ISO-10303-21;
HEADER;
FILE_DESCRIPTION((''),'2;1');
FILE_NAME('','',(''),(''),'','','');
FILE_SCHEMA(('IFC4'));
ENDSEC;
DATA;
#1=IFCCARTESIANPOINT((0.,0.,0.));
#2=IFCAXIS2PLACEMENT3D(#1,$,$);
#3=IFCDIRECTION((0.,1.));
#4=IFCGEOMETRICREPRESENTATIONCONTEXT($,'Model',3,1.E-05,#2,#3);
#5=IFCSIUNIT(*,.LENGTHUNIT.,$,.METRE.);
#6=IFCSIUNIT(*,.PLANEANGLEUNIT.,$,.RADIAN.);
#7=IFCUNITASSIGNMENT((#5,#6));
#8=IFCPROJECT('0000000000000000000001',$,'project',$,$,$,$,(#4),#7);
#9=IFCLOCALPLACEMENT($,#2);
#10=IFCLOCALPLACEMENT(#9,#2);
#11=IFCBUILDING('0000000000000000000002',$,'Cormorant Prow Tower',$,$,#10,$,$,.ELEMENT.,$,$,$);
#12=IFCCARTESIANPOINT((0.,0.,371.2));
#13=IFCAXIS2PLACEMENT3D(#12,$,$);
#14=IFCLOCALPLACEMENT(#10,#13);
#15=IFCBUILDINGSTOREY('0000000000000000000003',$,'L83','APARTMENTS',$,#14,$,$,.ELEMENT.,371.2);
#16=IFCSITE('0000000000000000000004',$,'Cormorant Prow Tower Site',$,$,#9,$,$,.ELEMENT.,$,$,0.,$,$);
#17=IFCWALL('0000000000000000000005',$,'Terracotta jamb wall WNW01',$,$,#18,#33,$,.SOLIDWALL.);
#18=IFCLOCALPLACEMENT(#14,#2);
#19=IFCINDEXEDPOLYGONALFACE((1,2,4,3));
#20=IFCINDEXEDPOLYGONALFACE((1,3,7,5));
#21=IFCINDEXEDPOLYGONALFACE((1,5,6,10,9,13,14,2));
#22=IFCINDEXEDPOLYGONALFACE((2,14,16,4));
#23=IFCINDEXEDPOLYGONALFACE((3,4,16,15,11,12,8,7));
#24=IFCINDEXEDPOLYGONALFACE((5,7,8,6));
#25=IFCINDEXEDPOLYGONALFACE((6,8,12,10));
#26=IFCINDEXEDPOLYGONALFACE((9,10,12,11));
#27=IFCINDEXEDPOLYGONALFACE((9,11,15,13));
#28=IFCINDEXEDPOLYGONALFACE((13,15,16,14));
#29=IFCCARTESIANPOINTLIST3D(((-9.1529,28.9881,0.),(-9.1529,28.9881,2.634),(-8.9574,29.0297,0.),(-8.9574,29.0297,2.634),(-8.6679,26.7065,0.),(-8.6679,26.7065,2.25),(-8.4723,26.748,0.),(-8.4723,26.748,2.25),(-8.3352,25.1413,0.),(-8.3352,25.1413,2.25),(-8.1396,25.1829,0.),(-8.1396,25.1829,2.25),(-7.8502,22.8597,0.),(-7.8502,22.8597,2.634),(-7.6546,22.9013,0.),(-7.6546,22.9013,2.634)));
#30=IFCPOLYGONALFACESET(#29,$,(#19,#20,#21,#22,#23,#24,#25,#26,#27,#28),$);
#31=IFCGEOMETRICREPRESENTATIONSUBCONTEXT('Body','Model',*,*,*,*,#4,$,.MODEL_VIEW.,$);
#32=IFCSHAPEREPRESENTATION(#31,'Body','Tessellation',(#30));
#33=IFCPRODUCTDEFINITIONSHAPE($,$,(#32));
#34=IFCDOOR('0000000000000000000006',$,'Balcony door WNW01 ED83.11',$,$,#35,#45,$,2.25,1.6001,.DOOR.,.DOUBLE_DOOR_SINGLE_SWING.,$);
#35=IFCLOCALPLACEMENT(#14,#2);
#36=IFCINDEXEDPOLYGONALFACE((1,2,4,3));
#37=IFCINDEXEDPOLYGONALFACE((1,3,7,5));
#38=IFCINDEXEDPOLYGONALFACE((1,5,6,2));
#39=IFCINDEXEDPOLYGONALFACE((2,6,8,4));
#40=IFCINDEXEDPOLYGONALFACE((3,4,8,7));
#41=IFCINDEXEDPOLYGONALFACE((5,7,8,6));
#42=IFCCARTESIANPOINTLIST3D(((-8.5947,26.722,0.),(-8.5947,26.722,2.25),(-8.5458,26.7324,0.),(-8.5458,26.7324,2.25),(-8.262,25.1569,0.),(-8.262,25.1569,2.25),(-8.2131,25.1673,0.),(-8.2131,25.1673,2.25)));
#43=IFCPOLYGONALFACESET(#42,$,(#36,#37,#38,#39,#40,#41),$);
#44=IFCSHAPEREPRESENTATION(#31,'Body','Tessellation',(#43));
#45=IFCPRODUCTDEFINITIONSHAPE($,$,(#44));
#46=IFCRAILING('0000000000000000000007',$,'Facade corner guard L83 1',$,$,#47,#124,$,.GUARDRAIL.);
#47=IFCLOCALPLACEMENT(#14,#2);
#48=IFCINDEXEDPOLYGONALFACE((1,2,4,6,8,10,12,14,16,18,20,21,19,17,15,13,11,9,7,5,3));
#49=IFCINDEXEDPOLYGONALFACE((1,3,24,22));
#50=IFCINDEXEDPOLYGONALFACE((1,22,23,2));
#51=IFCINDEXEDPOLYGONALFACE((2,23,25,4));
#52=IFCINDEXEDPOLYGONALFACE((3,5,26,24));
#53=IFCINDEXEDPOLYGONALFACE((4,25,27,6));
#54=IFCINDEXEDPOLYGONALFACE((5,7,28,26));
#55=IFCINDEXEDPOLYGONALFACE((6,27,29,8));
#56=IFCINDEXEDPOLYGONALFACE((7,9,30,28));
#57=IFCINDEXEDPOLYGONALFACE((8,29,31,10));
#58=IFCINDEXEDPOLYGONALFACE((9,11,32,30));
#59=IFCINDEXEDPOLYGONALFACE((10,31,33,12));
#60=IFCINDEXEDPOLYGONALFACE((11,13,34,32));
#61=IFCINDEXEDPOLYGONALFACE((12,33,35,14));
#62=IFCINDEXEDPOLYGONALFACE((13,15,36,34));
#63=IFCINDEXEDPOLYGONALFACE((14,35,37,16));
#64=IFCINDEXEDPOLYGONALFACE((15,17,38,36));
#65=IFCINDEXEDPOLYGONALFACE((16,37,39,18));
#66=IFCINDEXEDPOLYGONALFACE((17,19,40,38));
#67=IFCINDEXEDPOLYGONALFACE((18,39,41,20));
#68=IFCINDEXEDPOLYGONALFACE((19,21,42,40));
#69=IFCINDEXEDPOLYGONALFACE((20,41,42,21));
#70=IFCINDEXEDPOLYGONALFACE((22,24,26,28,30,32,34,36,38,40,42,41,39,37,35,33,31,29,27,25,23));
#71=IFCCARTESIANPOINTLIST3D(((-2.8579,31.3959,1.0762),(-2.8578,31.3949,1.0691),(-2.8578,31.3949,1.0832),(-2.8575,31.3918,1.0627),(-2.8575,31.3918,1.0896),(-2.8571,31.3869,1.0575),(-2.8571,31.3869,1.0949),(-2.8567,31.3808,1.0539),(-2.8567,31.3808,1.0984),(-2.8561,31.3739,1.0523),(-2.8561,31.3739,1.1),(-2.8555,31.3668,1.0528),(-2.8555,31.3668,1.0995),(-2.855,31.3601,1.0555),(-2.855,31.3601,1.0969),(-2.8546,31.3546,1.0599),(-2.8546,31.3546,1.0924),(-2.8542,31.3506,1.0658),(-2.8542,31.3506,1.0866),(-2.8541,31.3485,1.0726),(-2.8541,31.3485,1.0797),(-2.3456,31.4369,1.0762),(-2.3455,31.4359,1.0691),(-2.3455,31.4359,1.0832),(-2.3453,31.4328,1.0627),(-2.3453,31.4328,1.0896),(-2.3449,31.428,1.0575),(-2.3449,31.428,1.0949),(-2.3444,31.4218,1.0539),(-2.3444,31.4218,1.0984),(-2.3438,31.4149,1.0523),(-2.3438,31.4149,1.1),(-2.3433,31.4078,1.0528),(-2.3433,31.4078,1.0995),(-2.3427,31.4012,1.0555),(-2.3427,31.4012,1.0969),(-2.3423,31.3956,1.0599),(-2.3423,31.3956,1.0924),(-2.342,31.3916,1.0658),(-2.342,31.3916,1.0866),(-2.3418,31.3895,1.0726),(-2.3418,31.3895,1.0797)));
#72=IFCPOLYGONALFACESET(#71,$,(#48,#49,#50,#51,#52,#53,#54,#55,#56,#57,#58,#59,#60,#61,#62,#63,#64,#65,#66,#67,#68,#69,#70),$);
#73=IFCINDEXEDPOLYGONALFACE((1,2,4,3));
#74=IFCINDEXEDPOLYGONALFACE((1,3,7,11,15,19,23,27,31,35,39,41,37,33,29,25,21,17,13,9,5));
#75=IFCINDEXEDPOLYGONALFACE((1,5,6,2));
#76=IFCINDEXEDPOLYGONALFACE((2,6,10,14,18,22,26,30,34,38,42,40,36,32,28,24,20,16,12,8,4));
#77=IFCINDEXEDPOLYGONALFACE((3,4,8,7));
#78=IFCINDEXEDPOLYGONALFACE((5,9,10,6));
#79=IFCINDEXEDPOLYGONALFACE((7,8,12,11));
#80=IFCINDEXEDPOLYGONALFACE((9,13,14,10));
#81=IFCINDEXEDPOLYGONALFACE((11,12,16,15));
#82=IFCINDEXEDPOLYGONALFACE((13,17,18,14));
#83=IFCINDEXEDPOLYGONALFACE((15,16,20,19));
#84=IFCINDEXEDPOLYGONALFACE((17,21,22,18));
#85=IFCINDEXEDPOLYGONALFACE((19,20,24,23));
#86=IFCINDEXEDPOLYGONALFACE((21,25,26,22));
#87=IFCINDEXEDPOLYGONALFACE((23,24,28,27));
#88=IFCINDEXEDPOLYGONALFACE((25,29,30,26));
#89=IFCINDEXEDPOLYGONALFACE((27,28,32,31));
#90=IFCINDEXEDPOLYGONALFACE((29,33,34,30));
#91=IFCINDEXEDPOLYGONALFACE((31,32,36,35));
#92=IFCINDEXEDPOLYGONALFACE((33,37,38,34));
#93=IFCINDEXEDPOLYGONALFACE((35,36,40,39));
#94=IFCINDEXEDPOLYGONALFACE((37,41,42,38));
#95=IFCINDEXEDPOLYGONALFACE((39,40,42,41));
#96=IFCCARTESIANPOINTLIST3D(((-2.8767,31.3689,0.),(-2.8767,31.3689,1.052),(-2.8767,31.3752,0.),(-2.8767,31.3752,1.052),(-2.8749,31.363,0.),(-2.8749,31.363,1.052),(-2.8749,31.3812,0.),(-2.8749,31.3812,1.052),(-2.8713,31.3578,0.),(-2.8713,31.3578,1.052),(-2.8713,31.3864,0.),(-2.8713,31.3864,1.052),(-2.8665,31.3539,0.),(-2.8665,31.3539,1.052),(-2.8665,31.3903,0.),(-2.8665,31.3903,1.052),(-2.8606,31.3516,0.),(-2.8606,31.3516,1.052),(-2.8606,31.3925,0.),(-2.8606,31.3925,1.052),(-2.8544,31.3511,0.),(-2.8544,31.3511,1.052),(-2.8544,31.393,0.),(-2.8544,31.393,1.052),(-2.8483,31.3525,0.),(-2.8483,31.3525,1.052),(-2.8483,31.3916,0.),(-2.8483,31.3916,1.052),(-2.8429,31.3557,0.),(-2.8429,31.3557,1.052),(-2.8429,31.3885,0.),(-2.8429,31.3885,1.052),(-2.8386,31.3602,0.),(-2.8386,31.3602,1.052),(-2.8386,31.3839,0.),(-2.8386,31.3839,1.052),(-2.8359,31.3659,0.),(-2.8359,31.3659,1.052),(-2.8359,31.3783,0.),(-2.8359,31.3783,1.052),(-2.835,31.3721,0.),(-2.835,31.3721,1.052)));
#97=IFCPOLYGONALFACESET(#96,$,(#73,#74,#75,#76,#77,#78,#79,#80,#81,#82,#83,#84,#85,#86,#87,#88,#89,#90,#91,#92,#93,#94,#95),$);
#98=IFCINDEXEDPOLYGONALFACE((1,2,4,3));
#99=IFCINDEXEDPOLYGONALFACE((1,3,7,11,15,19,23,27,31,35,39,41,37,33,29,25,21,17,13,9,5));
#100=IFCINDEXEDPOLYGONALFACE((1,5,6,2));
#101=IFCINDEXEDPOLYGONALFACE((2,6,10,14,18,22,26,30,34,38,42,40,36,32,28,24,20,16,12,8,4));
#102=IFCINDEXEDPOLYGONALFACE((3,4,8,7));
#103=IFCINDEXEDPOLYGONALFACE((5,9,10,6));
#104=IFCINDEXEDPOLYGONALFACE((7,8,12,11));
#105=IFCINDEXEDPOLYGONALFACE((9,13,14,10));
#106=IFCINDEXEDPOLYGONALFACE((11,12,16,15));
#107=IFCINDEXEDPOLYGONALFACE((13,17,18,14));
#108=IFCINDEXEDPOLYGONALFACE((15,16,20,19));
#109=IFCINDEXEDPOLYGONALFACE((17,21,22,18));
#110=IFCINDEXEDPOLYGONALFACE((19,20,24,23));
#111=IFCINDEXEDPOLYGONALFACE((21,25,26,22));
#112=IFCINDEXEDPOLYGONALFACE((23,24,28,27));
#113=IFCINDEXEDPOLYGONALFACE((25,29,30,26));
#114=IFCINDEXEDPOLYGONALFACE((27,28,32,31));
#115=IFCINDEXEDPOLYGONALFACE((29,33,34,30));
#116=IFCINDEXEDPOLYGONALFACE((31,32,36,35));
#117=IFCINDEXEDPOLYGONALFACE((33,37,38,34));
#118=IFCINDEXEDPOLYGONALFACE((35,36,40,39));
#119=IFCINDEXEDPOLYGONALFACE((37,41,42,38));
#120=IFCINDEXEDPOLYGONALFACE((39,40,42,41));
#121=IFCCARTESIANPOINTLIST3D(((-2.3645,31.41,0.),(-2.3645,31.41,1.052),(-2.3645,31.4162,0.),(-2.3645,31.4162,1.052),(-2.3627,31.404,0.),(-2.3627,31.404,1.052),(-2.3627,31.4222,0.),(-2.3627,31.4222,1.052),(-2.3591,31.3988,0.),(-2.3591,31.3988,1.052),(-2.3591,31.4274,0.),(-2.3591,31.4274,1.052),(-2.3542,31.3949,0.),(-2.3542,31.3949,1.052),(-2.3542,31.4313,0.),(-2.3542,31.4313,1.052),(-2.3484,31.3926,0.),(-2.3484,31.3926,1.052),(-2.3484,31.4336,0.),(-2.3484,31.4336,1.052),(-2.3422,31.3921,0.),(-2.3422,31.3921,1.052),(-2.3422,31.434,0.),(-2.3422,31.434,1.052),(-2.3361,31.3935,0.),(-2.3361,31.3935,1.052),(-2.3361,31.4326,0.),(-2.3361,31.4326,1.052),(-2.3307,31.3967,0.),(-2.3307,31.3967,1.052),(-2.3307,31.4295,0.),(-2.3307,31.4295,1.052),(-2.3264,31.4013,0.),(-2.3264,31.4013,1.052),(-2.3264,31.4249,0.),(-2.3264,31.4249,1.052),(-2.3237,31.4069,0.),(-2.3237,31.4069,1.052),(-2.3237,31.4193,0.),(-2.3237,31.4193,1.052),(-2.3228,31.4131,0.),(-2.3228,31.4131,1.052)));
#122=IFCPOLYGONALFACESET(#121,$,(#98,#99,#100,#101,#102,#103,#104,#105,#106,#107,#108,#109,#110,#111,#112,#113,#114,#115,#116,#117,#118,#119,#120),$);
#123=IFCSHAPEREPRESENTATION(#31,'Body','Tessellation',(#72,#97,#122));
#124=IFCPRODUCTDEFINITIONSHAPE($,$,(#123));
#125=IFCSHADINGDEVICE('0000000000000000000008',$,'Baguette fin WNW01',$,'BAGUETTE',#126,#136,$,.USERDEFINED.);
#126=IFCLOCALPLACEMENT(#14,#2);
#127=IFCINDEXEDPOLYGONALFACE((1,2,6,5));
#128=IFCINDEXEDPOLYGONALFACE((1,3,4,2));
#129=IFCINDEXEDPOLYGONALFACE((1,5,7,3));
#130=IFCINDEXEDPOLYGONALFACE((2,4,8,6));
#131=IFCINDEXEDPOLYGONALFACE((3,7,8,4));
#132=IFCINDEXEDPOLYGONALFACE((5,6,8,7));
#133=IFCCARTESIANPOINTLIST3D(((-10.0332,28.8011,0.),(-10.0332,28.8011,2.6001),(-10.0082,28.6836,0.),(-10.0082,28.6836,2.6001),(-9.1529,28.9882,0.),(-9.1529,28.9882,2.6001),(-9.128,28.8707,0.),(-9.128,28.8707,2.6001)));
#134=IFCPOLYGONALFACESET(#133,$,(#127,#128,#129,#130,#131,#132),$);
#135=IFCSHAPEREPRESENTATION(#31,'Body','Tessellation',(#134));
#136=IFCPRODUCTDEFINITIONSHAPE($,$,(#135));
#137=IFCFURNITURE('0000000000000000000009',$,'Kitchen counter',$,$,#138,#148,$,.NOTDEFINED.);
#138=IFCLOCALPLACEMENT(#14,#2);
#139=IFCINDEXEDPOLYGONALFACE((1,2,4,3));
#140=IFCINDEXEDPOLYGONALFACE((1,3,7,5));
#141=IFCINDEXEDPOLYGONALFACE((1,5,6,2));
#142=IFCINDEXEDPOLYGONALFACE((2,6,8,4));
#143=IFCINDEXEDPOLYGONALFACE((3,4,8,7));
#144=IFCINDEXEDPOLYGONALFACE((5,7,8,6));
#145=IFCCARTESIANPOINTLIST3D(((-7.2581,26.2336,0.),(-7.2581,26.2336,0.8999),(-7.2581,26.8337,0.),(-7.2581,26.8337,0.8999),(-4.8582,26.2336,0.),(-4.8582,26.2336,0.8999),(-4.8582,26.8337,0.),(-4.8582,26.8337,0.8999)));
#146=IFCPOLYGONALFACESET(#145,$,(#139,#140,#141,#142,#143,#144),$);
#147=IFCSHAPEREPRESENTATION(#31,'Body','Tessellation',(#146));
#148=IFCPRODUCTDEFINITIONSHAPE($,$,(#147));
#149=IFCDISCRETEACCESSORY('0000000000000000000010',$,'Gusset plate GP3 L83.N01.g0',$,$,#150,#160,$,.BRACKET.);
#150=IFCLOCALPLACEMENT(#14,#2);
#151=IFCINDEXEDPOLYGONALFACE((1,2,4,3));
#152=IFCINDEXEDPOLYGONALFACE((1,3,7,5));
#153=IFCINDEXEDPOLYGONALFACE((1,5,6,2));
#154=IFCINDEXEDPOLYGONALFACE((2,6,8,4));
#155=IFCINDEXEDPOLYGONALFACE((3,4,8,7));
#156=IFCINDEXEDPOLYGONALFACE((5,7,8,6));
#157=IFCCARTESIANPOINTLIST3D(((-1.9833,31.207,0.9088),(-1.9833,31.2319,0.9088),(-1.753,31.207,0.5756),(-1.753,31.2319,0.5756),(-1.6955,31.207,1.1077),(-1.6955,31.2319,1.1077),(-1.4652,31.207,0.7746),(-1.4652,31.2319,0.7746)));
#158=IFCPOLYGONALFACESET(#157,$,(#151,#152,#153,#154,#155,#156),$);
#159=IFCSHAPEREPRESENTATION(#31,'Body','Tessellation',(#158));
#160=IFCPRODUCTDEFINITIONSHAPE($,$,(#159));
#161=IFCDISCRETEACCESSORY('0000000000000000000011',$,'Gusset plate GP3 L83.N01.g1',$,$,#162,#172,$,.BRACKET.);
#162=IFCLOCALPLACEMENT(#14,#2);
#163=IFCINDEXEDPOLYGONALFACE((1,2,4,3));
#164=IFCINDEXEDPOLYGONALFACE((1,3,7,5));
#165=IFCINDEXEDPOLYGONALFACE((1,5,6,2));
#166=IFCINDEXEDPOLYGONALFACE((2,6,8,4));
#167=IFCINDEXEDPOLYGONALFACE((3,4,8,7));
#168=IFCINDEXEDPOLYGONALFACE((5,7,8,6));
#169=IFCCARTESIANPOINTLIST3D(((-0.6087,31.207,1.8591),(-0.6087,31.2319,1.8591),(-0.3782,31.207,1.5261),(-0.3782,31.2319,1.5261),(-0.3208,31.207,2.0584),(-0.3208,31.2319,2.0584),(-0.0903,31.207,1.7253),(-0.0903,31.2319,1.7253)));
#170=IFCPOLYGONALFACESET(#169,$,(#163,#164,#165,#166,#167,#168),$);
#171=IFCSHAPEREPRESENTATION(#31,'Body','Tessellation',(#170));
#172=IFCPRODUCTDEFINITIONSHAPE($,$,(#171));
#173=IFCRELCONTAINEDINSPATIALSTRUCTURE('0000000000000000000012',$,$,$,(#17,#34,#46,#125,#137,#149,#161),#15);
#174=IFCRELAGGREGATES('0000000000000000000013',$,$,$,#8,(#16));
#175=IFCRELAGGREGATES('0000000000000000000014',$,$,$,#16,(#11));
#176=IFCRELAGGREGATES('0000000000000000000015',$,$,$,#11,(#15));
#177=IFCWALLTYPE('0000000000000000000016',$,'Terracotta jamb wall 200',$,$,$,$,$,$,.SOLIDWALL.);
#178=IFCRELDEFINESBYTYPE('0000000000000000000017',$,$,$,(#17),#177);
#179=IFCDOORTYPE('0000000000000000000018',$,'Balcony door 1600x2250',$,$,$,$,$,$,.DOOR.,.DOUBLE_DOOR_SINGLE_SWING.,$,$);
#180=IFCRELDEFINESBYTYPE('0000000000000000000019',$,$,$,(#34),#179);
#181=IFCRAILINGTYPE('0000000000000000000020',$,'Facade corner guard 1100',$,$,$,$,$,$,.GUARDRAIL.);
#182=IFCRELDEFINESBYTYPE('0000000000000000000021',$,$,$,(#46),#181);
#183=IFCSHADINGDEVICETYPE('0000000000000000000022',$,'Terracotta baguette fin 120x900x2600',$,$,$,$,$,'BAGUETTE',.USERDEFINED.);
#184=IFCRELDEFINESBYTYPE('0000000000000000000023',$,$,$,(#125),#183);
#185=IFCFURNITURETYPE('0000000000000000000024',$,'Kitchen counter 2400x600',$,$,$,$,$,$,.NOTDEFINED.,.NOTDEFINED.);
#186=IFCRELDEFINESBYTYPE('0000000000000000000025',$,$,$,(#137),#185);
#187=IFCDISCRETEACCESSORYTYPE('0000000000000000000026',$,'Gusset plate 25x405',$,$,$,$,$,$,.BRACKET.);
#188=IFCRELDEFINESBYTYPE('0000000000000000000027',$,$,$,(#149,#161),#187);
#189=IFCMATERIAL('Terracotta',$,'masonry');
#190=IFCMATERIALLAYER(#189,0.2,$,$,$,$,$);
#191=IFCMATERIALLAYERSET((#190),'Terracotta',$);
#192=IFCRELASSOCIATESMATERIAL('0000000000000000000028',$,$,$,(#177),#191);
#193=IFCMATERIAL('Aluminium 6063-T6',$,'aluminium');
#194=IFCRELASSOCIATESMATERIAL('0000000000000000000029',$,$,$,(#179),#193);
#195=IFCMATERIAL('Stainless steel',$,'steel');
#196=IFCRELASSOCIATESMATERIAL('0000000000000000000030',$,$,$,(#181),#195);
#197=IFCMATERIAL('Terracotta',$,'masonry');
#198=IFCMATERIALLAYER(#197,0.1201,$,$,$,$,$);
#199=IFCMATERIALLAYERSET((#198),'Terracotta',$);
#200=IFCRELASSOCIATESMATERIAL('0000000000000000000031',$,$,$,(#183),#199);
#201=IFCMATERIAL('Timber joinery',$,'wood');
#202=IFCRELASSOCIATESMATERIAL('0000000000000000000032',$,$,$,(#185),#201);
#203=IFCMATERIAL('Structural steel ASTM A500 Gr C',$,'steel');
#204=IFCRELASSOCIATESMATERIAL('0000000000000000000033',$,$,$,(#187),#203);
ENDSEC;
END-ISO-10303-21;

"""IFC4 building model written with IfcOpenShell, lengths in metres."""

from ifc_helpers import new_model, si_unit, direction, frame, frame_2d, origin, origin_2d, place, context, subcontext, project, spatial, rectangle, circle, extrude, material, layer, layer_set, material_profile, profile_set, type_object, element, fill, save


model = new_model("IFC4")

# Units and contexts
model_context = context("Model", 3, precision=1e-05, world=origin(), true_north=direction((0.0, 1.0)))
body_context = subcontext(model_context, "Body", "Model", "MODEL_VIEW")
ifc_project = project(units=[si_unit("LENGTHUNIT", "METRE"), si_unit("PLANEANGLEUNIT", "RADIAN")], contexts=[model_context])

# Site, building, storey
site_placement = place(None, origin())
site = spatial("IfcSite", under=ifc_project, at=site_placement, Name="Cormorant Prow Tower Site", CompositionType="ELEMENT", RefElevation=0.0)
building_placement = place(site_placement, origin())
building = spatial("IfcBuilding", under=site, at=building_placement, Name="Cormorant Prow Tower", CompositionType="ELEMENT")
storey_placement = place(building_placement, frame((0.0, 0.0, 371.2)))
storey = spatial("IfcBuildingStorey", under=building, at=storey_placement, Name="L83", Description="APARTMENTS", CompositionType="ELEMENT", Elevation=371.2)

# Wall, opening, door
ifc_material_1 = material(Name="Terracotta", Category="masonry")
ifc_layer_1 = layer(ifc_material_1, 0.2)
ifc_layer_set_1 = layer_set([ifc_layer_1], Name="Terracotta")
wall_type_1 = type_object("IfcWallType", Name="Terracotta jamb wall 200", PredefinedType="SOLIDWALL", material=ifc_layer_set_1)
wall_1_placement = place(storey_placement, frame((-9.0552, 29.009, 0.0), z_axis=(0.0, 0.0, 1.0), x_axis=(0.207927, -0.978144, 0.0)))
wall_1 = element("IfcWall", 1, at=wall_1_placement, inside=storey, type_object=wall_type_1, Name="Terracotta jamb wall WNW01", PredefinedType="SOLIDWALL", context=body_context, shape_type="SweptSolid", body=[
    extrude(rectangle(XDim=6.2654, YDim=0.2, at=frame_2d((3.1328, 0.0))), origin(), (0.0, 0.0, 1.0), 2.634),
])
opening_1_placement = place(wall_1_placement, frame((2.3328, 0.0, 0.0)))
opening_1 = element("IfcOpeningElement", 2, at=opening_1_placement, cuts=wall_1, PredefinedType="OPENING", context=body_context, shape_type="SweptSolid", body=[
    extrude(rectangle(XDim=1.6001, YDim=2.25, at=frame_2d((0.8, 1.125))), frame((0.0, 0.1099, 0.0), z_axis=(0.0, -1.0, 0.0), x_axis=(1.0, 0.0, 0.0)), (0.0, 0.0, 1.0), 0.22),
])
ifc_material_2 = material(Name="Aluminium 6063-T6", Category="aluminium")
door_type_1 = type_object("IfcDoorType", Name="Balcony door 1600x2250", OperationType="DOUBLE_DOOR_SINGLE_SWING", PredefinedType="DOOR", material=ifc_material_2)
door_1_placement = place(opening_1_placement, origin())
door_1 = element("IfcDoor", 3, at=door_1_placement, inside=storey, type_object=door_type_1, Name="Balcony door WNW01 ED83.11", OperationType="DOUBLE_DOOR_SINGLE_SWING", OverallHeight=2.25, OverallWidth=1.6001, PredefinedType="DOOR", context=body_context, shape_type="SweptSolid", body=[
    extrude(rectangle(XDim=1.6001, YDim=2.25, at=frame_2d((0.8, 1.125))), frame((0.0, 0.0249, 0.0), z_axis=(0.0, -1.0, 0.0), x_axis=(1.0, 0.0, 0.0)), (0.0, 0.0, 1.0), 0.05),
])
fill(opening_1, door_1)

# Railing
ifc_material_3 = material(Name="Stainless steel", Category="steel")
railing_type_1 = type_object("IfcRailingType", Name="Facade corner guard 1100", PredefinedType="GUARDRAIL", material=ifc_material_3)
railing_1_placement = place(storey_placement, frame((-2.856, 31.3721, 0.0)))
element("IfcRailing", 4, at=railing_1_placement, inside=storey, type_object=railing_type_1, Name="Facade corner guard L83 1", PredefinedType="GUARDRAIL", context=body_context, shape_type="SweptSolid", body=[
    extrude(circle(Radius=0.0239, at=origin_2d()), frame((0.0, 0.0, 1.0762), z_axis=(0.996809, 0.079821, 0.0), x_axis=(-0.079821, 0.996809, 0.0)), (0.0, 0.0, 1.0), 0.5139),
    extrude(circle(Radius=0.021, at=origin_2d()), origin(), (0.0, 0.0, 1.0), 1.052),
    extrude(circle(Radius=0.021, at=origin_2d()), frame((0.5122, 0.041, 0.0)), (0.0, 0.0, 1.0), 1.052),
])

# Shading device
ifc_material_4 = material(Name="Terracotta", Category="masonry")
ifc_layer_2 = layer(ifc_material_4, 0.1201)
ifc_layer_set_2 = layer_set([ifc_layer_2], Name="Terracotta")
shading_device_type = type_object("IfcShadingDeviceType", Name="Terracotta baguette fin 120x900x2600", ElementType="BAGUETTE", PredefinedType="USERDEFINED", material=ifc_layer_set_2)
shading_device_placement = place(storey_placement, frame((-9.5806, 28.8359, 0.0), z_axis=(0.0, 0.0, 1.0), x_axis=(0.207912, -0.978148, 0.0)))
element("IfcShadingDevice", 5, at=shading_device_placement, inside=storey, type_object=shading_device_type, Name="Baguette fin WNW01", ObjectType="BAGUETTE", PredefinedType="USERDEFINED", context=body_context, shape_type="SweptSolid", body=[
    extrude(rectangle(XDim=0.1201, YDim=0.8999, at=origin_2d()), origin(), (0.0, 0.0, 1.0), 2.6001),
])

# Furniture
ifc_material_5 = material(Name="Timber joinery", Category="wood")
furniture_type = type_object("IfcFurnitureType", Name="Kitchen counter 2400x600", AssemblyPlace="NOTDEFINED", PredefinedType="NOTDEFINED", material=ifc_material_5)
furniture_placement = place(storey_placement, frame((-6.0581, 26.5337, 0.0), z_axis=(0.0, 0.0, 1.0), x_axis=(1.0, 0.0, 0.0)))
element("IfcFurniture", 6, at=furniture_placement, inside=storey, type_object=furniture_type, Name="Kitchen counter", PredefinedType="NOTDEFINED", context=body_context, shape_type="SweptSolid", body=[
    extrude(rectangle(XDim=2.3999, YDim=0.6001, at=origin_2d()), origin(), (0.0, 0.0, 1.0), 0.8999),
])

# Discrete accessories
ifc_material_6 = material(Name="Structural steel ASTM A500 Gr C", Category="steel")
ifc_material_profile_1 = material_profile(ifc_material_6, rectangle(XDim=0.0249, YDim=0.405, at=origin_2d()), Name="Gusset plate 25x405")
ifc_profile_set_1 = profile_set([ifc_material_profile_1], Name="Structural steel ASTM A500 Gr C")
discrete_accessory_type = type_object("IfcDiscreteAccessoryType", Name="Gusset plate 25x405", PredefinedType="BRACKET", material=ifc_profile_set_1)
discrete_accessory_1_placement = place(storey_placement, frame((-1.5803, 31.2195, 0.9412), z_axis=(-0.822594, 0.0, -0.568629), x_axis=(0.0, -1.0, 0.0)))
element("IfcDiscreteAccessory", 7, at=discrete_accessory_1_placement, inside=storey, type_object=discrete_accessory_type, Name="Gusset plate GP3 L83.N01.g0", PredefinedType="BRACKET", context=body_context, shape_type="SweptSolid", body=[
    extrude(rectangle(XDim=0.0249, YDim=0.405, at=origin_2d()), origin(), (0.0, 0.0, 1.0), 0.3499),
])
discrete_accessory_2_placement = place(storey_placement, frame((-0.4934, 31.2195, 1.6926), z_axis=(0.822268, 0.0, 0.569101), x_axis=(0.0, 1.0, 0.0)))
element("IfcDiscreteAccessory", 8, at=discrete_accessory_2_placement, inside=storey, type_object=discrete_accessory_type, Name="Gusset plate GP3 L83.N01.g1", PredefinedType="BRACKET", context=body_context, shape_type="SweptSolid", body=[
    extrude(rectangle(XDim=0.0249, YDim=0.405, at=origin_2d()), origin(), (0.0, 0.0, 1.0), 0.3501),
])

save(model, "model.ifc")
